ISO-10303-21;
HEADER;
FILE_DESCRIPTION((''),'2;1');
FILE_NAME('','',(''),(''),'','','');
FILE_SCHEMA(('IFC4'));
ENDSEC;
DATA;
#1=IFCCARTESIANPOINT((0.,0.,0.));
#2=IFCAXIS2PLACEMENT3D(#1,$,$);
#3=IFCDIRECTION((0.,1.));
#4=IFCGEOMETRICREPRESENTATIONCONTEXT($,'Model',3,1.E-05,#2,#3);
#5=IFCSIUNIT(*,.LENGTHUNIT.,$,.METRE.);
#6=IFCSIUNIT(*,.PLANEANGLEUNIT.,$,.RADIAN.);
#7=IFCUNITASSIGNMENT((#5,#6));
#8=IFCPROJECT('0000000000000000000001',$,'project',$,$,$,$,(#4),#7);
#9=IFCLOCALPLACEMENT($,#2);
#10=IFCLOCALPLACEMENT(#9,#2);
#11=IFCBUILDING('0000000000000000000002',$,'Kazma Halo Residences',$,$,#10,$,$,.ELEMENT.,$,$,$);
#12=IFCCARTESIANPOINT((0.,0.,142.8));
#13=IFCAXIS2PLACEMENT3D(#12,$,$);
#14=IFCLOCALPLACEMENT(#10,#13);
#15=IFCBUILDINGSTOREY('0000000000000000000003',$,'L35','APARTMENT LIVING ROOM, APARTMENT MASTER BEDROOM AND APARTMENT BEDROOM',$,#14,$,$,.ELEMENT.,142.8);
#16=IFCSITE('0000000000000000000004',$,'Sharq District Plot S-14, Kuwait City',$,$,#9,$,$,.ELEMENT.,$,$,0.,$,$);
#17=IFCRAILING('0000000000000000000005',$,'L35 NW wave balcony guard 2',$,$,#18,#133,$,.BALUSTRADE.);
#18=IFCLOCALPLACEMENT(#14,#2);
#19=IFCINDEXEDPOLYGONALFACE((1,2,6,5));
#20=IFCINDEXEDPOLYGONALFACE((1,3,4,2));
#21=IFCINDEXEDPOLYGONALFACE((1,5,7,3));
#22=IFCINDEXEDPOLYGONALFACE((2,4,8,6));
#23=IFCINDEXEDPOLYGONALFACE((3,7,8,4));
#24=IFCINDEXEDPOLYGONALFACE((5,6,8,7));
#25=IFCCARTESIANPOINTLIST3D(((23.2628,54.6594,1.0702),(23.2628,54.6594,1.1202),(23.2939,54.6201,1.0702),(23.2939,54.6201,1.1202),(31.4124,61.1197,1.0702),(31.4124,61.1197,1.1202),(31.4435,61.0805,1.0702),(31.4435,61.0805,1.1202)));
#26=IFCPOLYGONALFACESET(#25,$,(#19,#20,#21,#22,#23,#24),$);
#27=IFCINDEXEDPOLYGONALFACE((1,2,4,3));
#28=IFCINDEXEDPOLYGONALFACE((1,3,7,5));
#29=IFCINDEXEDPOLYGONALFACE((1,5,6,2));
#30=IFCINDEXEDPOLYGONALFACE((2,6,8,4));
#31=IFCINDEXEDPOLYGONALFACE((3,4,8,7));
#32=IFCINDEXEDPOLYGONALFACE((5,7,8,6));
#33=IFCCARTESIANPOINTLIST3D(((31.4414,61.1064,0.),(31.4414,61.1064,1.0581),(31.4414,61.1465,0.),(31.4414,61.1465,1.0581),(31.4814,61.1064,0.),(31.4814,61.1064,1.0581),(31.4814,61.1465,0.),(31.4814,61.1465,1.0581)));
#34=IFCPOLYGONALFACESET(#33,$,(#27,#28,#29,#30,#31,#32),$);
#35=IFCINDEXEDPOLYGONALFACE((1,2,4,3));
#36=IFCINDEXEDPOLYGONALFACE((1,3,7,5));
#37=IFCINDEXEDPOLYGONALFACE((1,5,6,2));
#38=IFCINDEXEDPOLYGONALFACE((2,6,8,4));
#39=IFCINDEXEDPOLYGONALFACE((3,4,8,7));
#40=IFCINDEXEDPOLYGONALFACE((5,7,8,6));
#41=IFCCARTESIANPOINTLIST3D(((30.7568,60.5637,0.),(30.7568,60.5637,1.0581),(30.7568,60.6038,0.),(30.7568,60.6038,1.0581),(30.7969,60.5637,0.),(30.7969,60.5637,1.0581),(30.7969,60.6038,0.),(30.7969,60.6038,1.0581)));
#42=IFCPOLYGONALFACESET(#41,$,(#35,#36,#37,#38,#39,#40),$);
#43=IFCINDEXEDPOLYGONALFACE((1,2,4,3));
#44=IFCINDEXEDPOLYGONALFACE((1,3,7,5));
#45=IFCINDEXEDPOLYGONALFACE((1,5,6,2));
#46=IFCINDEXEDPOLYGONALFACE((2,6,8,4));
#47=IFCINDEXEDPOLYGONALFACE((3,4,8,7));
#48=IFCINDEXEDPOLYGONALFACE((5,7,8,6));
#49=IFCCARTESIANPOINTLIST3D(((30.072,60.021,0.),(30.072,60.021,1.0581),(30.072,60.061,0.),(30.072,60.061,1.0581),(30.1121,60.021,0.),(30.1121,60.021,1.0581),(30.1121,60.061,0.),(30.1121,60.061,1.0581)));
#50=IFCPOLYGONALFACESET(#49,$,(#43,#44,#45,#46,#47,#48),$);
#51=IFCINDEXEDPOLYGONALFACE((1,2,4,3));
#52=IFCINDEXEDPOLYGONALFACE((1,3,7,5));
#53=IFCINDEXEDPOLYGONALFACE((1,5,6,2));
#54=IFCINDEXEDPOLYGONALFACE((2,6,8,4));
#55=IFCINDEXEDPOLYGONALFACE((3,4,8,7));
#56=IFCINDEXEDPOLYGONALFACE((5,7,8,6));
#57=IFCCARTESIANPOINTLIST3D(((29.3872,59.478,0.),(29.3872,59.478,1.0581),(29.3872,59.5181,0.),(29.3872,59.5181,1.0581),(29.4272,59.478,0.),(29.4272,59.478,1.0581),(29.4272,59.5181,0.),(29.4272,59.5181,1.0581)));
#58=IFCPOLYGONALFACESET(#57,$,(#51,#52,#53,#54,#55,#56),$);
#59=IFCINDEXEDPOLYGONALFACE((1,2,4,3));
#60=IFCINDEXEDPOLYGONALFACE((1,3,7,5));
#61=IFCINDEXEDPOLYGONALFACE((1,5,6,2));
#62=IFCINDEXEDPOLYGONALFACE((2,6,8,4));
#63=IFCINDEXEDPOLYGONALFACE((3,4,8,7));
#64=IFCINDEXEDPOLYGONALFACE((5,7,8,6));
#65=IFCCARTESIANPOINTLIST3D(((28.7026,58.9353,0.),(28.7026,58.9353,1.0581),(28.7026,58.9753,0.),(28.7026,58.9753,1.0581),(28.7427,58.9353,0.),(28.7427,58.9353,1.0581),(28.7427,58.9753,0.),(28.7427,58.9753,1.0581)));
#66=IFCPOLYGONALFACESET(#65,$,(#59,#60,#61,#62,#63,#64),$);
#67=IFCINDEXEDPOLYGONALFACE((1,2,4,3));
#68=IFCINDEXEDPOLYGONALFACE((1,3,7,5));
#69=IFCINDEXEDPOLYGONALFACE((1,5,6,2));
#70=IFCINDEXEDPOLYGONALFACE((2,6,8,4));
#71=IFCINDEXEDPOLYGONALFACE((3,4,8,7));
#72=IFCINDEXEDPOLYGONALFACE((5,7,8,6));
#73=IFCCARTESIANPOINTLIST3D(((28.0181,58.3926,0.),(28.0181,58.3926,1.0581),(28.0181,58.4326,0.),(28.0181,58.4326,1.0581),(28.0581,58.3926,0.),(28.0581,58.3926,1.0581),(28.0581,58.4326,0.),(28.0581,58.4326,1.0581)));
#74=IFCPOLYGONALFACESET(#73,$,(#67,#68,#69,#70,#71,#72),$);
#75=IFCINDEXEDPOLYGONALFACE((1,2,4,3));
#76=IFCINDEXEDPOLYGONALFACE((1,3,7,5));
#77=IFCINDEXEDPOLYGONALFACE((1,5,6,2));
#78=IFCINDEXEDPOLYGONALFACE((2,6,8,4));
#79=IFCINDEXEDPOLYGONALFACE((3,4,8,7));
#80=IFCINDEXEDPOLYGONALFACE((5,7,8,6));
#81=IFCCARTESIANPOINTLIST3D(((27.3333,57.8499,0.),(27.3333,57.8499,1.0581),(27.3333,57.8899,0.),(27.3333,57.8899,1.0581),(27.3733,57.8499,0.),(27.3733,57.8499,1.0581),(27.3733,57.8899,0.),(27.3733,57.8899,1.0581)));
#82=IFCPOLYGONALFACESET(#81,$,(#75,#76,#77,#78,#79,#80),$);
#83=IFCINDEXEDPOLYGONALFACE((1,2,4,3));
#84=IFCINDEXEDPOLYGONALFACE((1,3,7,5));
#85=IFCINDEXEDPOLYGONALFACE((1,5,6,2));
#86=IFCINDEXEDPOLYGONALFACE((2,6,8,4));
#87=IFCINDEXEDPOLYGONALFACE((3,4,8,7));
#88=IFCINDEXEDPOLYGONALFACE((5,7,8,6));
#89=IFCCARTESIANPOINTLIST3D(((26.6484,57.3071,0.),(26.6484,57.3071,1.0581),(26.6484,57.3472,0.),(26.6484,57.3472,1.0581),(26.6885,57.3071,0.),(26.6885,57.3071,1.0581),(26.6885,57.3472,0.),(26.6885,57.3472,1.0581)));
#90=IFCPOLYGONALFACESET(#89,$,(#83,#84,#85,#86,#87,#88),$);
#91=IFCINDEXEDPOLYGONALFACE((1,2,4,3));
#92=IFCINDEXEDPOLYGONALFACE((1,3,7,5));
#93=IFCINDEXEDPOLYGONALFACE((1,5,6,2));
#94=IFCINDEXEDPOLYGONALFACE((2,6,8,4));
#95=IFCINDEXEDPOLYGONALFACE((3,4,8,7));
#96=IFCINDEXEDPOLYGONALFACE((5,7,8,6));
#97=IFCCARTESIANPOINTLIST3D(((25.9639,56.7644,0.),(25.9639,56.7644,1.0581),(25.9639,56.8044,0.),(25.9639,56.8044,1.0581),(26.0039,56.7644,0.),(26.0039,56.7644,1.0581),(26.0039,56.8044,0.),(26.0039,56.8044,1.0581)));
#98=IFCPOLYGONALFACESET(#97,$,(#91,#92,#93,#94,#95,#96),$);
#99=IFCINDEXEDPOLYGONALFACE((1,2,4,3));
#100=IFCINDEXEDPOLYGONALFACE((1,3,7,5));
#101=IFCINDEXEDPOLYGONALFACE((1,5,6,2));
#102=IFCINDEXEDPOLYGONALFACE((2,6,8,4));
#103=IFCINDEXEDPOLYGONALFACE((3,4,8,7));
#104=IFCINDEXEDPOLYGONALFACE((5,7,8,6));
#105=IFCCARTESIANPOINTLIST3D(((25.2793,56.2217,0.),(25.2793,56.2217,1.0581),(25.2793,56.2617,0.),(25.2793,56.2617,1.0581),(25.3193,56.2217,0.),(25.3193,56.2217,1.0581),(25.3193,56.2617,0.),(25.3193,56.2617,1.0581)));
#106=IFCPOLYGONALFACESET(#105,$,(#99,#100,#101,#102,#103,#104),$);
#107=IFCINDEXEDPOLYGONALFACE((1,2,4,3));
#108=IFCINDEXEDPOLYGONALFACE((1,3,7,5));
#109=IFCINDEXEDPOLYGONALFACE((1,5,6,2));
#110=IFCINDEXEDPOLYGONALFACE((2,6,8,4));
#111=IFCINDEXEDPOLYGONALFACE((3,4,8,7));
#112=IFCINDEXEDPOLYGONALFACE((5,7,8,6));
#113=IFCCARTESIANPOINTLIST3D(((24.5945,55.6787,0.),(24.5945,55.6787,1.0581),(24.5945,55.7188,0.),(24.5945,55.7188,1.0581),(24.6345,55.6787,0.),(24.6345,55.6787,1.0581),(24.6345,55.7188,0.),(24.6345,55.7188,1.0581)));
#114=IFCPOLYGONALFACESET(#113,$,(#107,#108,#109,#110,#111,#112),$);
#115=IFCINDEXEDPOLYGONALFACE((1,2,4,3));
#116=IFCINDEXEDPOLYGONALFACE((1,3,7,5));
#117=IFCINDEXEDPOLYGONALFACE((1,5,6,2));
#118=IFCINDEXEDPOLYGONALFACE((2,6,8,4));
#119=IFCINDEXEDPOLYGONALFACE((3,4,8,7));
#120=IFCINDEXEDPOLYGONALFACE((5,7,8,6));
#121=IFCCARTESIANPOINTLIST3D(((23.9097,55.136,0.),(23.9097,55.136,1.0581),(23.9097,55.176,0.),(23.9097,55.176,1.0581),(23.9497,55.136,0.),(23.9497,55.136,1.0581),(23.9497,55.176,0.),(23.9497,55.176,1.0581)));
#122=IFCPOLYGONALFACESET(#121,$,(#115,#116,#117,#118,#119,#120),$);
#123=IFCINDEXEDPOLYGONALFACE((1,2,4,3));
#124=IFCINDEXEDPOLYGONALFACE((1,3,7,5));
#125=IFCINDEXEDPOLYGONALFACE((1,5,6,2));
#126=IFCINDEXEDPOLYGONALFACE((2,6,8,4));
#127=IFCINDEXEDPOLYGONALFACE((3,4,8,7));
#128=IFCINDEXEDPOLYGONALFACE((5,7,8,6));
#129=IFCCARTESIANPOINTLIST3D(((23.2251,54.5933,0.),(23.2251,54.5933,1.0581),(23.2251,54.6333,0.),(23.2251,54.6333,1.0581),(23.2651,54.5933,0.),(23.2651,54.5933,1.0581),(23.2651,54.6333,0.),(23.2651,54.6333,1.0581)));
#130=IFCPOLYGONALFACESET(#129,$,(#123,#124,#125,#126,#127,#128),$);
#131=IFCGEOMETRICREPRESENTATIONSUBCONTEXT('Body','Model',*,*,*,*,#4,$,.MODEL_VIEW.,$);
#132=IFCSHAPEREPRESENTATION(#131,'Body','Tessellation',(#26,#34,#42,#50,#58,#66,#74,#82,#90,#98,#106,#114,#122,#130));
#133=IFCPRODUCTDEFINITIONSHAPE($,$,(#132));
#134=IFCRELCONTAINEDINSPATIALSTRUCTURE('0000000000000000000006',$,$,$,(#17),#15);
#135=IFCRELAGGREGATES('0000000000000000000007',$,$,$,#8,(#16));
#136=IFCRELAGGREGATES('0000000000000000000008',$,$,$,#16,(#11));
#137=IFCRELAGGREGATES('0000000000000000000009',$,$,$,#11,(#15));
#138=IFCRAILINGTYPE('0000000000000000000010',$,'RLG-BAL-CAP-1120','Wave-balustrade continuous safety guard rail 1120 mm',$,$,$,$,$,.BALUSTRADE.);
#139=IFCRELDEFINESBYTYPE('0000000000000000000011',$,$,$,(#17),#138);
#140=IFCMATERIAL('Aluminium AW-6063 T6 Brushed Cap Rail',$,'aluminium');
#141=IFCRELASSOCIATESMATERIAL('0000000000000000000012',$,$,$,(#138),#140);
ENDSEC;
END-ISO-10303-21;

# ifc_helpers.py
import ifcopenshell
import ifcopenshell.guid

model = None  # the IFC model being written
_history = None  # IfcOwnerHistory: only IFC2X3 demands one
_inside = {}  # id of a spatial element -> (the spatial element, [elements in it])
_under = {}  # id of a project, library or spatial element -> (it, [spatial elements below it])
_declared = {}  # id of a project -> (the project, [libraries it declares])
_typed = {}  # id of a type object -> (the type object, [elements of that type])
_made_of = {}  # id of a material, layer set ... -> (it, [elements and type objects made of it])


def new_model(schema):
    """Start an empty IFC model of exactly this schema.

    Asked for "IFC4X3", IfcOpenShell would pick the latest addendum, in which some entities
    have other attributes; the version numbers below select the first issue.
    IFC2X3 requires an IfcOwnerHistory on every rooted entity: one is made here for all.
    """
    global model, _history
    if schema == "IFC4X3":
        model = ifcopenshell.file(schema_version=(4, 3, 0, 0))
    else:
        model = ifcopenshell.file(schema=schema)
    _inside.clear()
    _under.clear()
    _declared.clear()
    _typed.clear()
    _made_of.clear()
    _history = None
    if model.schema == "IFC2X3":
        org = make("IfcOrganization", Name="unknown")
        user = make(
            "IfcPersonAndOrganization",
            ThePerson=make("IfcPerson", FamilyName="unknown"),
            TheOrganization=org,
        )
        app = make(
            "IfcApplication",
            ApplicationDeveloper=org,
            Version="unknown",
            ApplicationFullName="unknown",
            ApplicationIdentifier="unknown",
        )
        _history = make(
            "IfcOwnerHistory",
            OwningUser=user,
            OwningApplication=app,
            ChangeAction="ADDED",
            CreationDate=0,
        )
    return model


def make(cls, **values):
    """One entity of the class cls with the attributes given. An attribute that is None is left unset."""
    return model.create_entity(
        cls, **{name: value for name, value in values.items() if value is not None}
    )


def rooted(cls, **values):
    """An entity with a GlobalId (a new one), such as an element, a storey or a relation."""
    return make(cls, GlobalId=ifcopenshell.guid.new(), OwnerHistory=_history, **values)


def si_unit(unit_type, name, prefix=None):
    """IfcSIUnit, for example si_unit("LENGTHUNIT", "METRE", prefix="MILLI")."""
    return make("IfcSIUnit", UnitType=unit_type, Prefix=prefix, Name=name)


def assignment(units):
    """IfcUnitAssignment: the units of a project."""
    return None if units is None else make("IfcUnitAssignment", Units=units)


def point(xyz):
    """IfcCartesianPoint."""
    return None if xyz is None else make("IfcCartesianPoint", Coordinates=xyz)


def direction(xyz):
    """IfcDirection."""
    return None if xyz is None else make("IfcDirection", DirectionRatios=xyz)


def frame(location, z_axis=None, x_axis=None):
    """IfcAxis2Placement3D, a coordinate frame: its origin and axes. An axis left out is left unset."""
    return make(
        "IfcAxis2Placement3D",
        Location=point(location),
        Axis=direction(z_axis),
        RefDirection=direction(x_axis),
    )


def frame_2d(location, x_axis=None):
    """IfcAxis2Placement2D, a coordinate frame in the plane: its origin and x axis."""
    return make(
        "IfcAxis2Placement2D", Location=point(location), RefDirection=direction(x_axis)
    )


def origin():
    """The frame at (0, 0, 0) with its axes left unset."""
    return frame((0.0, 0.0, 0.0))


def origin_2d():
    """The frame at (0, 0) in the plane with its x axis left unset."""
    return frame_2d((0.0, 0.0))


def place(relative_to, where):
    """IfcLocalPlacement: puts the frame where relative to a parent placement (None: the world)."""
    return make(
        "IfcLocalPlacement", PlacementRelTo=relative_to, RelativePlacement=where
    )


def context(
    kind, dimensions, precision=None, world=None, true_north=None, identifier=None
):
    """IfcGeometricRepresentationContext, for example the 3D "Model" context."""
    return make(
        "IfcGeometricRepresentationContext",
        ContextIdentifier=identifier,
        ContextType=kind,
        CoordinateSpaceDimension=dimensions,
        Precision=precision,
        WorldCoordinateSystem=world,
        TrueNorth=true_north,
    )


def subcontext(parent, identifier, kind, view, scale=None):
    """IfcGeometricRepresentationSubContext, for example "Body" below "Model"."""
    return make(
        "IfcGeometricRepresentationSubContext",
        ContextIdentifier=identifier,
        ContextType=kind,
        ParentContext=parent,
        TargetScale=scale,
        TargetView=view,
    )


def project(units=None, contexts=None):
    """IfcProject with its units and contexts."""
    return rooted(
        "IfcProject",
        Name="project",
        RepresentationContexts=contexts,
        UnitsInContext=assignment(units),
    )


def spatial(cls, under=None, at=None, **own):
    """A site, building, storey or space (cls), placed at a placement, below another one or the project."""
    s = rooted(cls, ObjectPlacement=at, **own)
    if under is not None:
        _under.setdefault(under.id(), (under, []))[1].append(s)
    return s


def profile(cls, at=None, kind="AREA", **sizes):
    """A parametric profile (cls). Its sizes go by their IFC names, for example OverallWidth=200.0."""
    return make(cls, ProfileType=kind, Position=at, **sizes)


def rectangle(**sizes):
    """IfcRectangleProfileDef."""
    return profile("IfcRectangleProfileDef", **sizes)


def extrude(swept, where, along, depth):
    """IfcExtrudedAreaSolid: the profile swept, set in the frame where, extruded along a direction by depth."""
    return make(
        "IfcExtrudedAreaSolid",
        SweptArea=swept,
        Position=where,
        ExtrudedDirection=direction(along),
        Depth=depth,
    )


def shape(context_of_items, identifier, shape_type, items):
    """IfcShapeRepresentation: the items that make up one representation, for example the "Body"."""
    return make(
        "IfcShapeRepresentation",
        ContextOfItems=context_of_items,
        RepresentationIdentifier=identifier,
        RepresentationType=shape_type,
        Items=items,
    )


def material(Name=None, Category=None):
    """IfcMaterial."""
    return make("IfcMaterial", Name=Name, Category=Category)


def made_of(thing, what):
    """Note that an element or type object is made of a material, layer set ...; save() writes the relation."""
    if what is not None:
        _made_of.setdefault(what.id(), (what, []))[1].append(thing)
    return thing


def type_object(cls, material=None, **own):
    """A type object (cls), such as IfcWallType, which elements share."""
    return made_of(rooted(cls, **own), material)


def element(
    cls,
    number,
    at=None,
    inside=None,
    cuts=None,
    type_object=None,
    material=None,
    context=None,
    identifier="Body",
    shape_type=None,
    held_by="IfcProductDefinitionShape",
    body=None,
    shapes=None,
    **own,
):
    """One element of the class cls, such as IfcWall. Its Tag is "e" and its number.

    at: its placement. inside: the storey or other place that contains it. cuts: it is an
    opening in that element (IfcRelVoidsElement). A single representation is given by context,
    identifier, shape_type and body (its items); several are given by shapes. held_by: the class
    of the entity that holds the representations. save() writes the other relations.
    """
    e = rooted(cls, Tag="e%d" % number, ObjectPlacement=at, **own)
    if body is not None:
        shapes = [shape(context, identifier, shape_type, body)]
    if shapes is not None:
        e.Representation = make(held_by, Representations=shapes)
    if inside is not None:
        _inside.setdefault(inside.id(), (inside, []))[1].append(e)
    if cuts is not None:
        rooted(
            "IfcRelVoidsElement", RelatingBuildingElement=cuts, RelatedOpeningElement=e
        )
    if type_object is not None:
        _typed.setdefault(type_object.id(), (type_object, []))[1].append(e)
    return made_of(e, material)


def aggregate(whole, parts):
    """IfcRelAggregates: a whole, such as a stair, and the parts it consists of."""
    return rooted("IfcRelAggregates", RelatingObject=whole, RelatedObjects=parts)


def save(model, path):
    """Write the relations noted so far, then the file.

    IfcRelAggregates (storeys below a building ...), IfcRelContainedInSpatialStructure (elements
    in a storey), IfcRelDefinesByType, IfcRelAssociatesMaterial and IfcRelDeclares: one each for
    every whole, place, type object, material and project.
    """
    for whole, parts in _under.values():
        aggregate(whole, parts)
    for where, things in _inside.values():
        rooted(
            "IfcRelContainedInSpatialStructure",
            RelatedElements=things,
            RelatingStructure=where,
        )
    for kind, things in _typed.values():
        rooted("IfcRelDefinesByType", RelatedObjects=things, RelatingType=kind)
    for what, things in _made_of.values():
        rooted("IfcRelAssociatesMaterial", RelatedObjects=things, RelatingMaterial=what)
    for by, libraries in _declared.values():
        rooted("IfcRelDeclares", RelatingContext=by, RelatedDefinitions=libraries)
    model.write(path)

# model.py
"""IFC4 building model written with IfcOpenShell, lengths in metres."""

from ifc_helpers import new_model, si_unit, direction, frame, origin, origin_2d, place, context, subcontext, project, spatial, rectangle, extrude, material, type_object, element, save


model = new_model("IFC4")

# Units and contexts
model_context = context("Model", 3, precision=1e-05, world=origin(), true_north=direction((0.0, 1.0)))
body_context = subcontext(model_context, "Body", "Model", "MODEL_VIEW")
ifc_project = project(units=[si_unit("LENGTHUNIT", "METRE"), si_unit("PLANEANGLEUNIT", "RADIAN")], contexts=[model_context])

# Site, building, storey
site_placement = place(None, origin())
site = spatial("IfcSite", under=ifc_project, at=site_placement, Name="Sharq District Plot S-14, Kuwait City", CompositionType="ELEMENT", RefElevation=0.0)
building_placement = place(site_placement, origin())
building = spatial("IfcBuilding", under=site, at=building_placement, Name="Kazma Halo Residences", CompositionType="ELEMENT")
storey_placement = place(building_placement, frame((0.0, 0.0, 142.8)))
storey = spatial("IfcBuildingStorey", under=building, at=storey_placement, Name="L35", Description="APARTMENT LIVING ROOM, APARTMENT MASTER BEDROOM AND APARTMENT BEDROOM", CompositionType="ELEMENT", Elevation=142.8)

# Railing
ifc_material_1 = material(Name="Aluminium AW-6063 T6 Brushed Cap Rail", Category="aluminium")
railing_type = type_object("IfcRailingType", Name="RLG-BAL-CAP-1120", Description="Wave-balustrade continuous safety guard rail 1120 mm", PredefinedType="BALUSTRADE", material=ifc_material_1)
railing_1_placement = place(storey_placement, frame((31.4614, 61.1265, 0.0)))
element("IfcRailing", 1, at=railing_1_placement, inside=storey, type_object=railing_type, Name="L35 NW wave balcony guard 2", PredefinedType="BALUSTRADE", context=body_context, shape_type="SweptSolid", body=[
    extrude(rectangle(XDim=0.05, YDim=0.05, at=origin_2d()), frame((-0.0334, -0.0264, 1.0952), z_axis=(-0.783646, -0.621207, 0.0), x_axis=(0.621207, -0.783646, 0.0)), (0.0, 0.0, 1.0), 10.3997),
    extrude(rectangle(XDim=0.04, YDim=0.04, at=origin_2d()), origin(), (0.0, 0.0, 1.0), 1.0581),
    extrude(rectangle(XDim=0.04, YDim=0.04, at=origin_2d()), frame((-0.6846, -0.5427, 0.0)), (0.0, 0.0, 1.0), 1.0581),
    extrude(rectangle(XDim=0.04, YDim=0.04, at=origin_2d()), frame((-1.3694, -1.0854, 0.0)), (0.0, 0.0, 1.0), 1.0581),
    extrude(rectangle(XDim=0.04, YDim=0.04, at=origin_2d()), frame((-2.0542, -1.6284, 0.0)), (0.0, 0.0, 1.0), 1.0581),
    extrude(rectangle(XDim=0.04, YDim=0.04, at=origin_2d()), frame((-2.7388, -2.1711, 0.0)), (0.0, 0.0, 1.0), 1.0581),
    extrude(rectangle(XDim=0.04, YDim=0.04, at=origin_2d()), frame((-3.4233, -2.7139, 0.0)), (0.0, 0.0, 1.0), 1.0581),
    extrude(rectangle(XDim=0.04, YDim=0.04, at=origin_2d()), frame((-4.1082, -3.2566, 0.0)), (0.0, 0.0, 1.0), 1.0581),
    extrude(rectangle(XDim=0.04, YDim=0.04, at=origin_2d()), frame((-4.793, -3.7993, 0.0)), (0.0, 0.0, 1.0), 1.0581),
    extrude(rectangle(XDim=0.04, YDim=0.04, at=origin_2d()), frame((-5.4775, -4.342, 0.0)), (0.0, 0.0, 1.0), 1.0581),
    extrude(rectangle(XDim=0.04, YDim=0.04, at=origin_2d()), frame((-6.1621, -4.8848, 0.0)), (0.0, 0.0, 1.0), 1.0581),
    extrude(rectangle(XDim=0.04, YDim=0.04, at=origin_2d()), frame((-6.8469, -5.4277, 0.0)), (0.0, 0.0, 1.0), 1.0581),
    extrude(rectangle(XDim=0.04, YDim=0.04, at=origin_2d()), frame((-7.5317, -5.9705, 0.0)), (0.0, 0.0, 1.0), 1.0581),
    extrude(rectangle(XDim=0.04, YDim=0.04, at=origin_2d()), frame((-8.2163, -6.5132, 0.0)), (0.0, 0.0, 1.0), 1.0581),
])

save(model, "model.ifc")
